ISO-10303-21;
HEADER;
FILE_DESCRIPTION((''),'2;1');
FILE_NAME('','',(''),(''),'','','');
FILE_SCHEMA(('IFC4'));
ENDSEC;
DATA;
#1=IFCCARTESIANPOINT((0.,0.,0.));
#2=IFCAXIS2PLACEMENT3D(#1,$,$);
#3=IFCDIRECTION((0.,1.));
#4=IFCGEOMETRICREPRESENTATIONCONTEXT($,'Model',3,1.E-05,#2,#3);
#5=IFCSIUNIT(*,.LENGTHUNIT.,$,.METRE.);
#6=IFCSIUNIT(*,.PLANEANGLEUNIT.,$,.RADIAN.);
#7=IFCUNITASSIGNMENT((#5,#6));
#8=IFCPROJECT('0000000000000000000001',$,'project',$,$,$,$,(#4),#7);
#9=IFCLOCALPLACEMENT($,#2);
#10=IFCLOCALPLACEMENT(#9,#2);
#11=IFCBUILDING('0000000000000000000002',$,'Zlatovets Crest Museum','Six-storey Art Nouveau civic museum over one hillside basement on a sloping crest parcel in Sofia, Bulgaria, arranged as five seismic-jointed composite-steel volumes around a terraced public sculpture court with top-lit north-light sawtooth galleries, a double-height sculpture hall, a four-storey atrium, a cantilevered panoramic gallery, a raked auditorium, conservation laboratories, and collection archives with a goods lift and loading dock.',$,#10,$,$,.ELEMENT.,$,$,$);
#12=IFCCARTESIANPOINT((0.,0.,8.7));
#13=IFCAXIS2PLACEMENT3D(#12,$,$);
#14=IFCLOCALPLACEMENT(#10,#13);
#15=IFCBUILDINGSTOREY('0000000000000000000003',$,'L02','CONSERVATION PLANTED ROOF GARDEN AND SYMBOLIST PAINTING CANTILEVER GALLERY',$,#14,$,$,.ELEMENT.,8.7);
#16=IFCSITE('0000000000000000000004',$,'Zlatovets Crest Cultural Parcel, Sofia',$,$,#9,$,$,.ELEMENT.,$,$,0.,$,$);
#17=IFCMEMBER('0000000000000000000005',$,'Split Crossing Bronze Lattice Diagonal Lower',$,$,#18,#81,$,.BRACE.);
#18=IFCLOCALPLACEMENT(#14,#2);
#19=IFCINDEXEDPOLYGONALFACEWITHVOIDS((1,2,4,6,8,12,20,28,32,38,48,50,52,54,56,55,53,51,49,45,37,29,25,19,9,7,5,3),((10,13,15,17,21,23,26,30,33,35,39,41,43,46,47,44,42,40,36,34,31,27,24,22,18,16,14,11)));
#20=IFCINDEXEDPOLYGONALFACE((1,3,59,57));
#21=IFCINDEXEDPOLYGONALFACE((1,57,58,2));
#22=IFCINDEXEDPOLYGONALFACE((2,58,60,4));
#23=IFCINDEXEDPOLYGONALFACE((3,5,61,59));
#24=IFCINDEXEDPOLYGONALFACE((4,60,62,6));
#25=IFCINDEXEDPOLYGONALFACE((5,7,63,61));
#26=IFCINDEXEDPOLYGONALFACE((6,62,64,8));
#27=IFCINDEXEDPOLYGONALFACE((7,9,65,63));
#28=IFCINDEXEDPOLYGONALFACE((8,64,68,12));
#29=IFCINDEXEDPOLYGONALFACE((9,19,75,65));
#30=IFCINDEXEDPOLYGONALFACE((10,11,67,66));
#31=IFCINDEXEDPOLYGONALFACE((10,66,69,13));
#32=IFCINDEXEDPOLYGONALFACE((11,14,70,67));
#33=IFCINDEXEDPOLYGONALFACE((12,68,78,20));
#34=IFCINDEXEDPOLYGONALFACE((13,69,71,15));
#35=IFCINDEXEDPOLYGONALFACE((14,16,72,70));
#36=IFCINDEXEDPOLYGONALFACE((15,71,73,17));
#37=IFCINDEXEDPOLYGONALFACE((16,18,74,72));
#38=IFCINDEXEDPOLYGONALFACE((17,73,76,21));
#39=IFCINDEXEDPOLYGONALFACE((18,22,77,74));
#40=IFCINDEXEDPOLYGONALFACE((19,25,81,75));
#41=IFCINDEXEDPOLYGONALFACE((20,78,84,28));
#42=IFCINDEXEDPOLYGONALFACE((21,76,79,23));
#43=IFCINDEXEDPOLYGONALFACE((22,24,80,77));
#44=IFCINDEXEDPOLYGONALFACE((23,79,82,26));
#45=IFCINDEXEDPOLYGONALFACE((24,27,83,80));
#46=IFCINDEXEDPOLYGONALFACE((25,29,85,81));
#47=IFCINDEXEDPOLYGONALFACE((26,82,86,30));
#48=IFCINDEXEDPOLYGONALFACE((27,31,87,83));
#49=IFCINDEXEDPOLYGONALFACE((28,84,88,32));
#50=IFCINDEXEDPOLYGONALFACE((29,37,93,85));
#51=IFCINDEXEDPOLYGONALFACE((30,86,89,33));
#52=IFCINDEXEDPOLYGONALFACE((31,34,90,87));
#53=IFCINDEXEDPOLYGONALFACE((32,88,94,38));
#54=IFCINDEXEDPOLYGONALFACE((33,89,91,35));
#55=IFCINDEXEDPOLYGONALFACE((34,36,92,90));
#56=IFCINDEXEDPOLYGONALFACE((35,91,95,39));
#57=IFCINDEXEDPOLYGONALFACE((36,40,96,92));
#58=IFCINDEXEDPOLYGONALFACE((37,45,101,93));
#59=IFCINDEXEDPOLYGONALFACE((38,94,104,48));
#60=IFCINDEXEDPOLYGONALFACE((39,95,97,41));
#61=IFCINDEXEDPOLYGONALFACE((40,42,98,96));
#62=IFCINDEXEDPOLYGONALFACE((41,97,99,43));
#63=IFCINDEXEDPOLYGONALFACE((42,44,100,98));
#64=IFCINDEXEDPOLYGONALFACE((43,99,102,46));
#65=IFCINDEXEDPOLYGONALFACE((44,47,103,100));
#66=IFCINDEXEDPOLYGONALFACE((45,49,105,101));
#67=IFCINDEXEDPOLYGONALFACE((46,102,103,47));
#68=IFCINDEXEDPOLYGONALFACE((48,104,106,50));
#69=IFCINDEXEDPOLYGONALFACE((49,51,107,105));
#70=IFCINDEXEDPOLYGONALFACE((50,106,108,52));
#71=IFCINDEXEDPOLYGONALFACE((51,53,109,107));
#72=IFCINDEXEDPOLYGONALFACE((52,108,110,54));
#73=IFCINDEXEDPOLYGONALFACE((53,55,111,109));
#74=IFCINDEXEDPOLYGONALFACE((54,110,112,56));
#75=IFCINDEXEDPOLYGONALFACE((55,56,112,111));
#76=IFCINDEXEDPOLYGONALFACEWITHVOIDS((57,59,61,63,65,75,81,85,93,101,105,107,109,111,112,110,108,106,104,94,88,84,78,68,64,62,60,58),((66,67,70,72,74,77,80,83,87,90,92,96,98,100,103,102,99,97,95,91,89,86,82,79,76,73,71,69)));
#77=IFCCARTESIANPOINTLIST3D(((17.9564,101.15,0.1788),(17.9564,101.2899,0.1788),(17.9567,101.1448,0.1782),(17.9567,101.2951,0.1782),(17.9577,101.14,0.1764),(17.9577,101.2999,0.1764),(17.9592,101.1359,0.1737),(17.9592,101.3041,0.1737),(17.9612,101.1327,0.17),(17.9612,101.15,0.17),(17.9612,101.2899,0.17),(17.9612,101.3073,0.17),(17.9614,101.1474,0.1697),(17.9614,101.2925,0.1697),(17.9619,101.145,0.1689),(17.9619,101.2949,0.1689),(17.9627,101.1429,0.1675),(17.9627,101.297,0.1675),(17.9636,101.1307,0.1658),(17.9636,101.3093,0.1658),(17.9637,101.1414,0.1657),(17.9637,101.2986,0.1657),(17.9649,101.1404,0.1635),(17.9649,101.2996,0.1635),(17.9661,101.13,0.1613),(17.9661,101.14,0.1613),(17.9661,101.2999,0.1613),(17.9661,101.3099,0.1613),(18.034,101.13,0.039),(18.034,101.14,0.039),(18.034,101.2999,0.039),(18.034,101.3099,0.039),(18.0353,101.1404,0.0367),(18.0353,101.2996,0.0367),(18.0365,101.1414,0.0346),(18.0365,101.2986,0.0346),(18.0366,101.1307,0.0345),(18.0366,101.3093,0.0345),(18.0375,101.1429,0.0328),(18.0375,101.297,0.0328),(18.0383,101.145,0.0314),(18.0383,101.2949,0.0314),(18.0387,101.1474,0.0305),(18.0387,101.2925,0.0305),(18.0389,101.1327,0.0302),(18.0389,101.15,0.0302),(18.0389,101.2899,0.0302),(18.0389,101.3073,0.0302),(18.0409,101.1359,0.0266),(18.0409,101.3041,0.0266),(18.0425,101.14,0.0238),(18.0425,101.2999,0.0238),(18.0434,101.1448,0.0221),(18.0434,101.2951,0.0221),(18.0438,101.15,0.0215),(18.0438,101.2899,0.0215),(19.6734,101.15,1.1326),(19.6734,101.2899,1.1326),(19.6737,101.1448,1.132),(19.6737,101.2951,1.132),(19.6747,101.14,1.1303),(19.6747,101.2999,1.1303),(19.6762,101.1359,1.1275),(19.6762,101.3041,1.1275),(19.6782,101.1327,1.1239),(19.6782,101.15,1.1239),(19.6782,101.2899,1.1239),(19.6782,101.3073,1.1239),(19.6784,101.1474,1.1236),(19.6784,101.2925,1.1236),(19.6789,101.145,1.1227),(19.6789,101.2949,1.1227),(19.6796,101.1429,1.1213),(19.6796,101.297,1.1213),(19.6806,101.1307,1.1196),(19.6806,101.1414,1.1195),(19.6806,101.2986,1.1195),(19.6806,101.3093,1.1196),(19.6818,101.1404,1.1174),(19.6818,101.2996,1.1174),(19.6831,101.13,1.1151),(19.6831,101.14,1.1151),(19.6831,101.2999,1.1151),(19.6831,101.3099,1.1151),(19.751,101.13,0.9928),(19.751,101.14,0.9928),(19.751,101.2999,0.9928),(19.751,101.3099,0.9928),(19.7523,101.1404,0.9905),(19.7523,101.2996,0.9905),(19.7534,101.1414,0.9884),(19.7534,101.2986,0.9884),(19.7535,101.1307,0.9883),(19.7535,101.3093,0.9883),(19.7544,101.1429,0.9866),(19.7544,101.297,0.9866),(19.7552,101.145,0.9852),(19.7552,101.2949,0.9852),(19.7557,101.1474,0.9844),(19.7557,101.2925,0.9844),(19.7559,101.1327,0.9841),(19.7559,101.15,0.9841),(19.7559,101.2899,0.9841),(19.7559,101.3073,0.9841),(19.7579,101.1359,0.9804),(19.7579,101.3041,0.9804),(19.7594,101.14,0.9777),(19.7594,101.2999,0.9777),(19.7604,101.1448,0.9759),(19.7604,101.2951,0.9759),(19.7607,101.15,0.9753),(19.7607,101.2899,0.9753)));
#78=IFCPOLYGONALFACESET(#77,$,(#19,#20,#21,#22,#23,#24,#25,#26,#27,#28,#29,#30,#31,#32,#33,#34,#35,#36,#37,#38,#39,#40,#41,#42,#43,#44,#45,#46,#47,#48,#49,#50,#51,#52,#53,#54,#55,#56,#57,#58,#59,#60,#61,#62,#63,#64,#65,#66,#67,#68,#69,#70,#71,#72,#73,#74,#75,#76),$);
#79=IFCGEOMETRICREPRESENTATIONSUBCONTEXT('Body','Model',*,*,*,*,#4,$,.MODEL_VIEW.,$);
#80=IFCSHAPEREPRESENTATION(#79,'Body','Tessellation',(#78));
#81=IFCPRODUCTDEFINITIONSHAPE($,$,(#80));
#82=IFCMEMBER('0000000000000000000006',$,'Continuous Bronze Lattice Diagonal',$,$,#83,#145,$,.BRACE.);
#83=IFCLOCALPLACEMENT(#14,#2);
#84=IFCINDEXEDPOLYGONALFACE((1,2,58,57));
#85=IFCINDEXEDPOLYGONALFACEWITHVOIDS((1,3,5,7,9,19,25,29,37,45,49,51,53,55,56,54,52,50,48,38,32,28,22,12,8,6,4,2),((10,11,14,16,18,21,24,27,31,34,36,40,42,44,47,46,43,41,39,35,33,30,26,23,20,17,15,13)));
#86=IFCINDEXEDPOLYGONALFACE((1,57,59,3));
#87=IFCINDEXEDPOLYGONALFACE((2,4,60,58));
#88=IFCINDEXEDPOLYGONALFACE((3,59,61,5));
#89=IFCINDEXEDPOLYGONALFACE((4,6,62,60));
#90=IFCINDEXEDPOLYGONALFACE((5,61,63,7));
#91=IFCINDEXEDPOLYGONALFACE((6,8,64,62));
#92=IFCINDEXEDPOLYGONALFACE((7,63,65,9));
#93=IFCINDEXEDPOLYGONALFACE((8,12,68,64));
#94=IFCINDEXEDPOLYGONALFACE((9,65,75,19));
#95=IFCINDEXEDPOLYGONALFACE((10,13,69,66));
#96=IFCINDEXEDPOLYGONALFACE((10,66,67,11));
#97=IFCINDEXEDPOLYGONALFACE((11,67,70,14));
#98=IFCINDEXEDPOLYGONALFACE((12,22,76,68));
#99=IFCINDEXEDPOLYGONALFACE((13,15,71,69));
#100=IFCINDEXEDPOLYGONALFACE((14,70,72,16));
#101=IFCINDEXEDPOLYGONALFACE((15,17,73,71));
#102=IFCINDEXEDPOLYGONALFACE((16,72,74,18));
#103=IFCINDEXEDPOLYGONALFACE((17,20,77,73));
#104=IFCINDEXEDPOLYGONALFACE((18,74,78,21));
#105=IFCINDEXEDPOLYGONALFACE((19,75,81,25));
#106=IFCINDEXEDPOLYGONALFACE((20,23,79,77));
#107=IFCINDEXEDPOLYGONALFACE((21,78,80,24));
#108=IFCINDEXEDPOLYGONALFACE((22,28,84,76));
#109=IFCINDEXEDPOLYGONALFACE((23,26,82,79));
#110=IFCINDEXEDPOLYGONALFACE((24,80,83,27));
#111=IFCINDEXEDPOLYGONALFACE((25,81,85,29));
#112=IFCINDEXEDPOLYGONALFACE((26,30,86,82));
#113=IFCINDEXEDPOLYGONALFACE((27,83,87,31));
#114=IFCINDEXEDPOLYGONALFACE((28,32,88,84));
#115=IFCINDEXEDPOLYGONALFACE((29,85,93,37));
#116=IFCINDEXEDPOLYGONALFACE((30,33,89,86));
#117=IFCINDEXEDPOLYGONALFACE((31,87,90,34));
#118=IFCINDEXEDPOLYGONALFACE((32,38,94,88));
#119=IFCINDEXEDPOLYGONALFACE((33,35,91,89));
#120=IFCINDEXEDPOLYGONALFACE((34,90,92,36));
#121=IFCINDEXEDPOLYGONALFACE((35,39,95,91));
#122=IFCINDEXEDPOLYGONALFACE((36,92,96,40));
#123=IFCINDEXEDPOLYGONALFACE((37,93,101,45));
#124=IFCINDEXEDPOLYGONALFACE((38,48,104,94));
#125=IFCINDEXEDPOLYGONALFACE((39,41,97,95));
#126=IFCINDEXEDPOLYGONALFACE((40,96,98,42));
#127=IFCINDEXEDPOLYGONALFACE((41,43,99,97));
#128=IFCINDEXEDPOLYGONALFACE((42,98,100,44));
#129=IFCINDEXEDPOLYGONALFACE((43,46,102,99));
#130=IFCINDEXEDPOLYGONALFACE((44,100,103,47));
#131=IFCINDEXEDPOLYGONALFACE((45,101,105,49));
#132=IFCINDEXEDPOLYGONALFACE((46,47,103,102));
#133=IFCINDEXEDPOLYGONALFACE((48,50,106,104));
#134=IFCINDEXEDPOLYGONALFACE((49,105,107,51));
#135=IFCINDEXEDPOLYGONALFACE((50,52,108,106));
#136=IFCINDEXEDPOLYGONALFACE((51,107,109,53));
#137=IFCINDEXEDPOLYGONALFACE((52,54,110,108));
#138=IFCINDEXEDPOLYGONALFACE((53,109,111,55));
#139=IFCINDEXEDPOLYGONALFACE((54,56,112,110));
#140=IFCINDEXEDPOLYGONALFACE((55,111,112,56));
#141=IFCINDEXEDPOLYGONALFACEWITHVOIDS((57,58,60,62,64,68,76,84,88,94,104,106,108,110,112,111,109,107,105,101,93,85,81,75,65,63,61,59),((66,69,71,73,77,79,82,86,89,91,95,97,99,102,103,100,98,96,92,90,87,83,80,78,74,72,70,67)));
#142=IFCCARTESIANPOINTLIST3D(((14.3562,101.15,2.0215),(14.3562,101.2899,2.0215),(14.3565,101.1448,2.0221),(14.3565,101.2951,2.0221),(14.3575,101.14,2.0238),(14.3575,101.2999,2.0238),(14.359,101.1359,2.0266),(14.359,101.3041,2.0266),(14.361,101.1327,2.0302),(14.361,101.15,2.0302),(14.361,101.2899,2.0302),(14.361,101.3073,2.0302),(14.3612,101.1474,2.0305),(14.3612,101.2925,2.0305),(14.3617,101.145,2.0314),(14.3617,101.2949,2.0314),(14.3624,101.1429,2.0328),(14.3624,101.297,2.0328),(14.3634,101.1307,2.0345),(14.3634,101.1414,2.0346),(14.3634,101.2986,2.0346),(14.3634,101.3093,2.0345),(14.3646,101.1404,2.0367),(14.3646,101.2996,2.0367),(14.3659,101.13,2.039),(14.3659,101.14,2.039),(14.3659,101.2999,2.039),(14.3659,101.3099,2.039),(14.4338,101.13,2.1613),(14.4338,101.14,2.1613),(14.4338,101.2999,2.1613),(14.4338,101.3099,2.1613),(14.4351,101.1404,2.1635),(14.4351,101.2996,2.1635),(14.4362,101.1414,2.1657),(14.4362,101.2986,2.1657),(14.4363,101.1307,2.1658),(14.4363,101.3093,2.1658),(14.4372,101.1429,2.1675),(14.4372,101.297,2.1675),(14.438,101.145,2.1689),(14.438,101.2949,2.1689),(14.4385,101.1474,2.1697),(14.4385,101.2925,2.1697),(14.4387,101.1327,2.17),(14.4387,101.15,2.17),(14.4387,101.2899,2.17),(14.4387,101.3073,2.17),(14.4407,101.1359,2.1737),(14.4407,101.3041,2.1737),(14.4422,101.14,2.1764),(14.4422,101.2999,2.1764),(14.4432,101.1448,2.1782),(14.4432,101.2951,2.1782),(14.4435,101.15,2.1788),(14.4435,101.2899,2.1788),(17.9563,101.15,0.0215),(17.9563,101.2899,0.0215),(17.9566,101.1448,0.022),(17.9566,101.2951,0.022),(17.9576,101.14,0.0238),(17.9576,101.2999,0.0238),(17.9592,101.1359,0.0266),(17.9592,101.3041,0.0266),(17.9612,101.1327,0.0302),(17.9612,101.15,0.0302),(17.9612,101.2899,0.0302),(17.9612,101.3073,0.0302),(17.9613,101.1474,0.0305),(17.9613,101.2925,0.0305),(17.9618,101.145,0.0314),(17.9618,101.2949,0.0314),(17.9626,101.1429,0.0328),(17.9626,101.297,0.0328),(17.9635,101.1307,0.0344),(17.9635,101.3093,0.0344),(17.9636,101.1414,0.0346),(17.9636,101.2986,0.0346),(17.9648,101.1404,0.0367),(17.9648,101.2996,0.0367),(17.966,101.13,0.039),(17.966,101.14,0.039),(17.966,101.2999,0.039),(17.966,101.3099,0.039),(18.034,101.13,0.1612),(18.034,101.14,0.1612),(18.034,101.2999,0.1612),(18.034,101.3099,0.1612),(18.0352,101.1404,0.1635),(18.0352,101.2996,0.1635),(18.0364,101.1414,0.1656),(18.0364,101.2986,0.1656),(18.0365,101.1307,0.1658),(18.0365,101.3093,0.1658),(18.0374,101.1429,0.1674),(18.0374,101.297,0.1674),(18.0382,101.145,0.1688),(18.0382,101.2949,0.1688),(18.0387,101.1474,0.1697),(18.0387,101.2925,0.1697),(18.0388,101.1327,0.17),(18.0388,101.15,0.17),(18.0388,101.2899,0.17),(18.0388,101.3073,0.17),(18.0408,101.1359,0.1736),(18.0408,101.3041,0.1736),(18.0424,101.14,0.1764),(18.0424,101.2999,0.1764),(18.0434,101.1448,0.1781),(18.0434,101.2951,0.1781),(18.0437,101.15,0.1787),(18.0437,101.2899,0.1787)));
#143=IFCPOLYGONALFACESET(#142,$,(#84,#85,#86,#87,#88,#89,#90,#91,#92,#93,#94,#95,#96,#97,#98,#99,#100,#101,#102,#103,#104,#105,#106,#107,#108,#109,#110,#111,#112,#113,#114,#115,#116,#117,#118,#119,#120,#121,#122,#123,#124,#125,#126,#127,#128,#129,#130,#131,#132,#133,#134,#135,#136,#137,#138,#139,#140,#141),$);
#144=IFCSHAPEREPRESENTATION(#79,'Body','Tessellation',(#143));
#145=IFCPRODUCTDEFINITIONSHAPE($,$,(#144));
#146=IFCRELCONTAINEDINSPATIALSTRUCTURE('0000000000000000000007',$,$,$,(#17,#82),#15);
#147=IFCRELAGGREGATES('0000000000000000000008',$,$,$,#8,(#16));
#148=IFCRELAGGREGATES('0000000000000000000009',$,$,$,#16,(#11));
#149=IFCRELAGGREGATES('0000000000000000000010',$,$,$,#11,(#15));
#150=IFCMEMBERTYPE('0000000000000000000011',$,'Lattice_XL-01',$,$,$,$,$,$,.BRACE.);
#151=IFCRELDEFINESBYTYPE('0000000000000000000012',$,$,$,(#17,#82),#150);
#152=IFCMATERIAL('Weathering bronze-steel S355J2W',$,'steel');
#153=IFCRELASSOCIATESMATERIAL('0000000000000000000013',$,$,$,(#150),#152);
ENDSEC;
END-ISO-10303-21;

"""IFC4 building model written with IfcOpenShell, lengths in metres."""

from ifc_helpers import new_model, si_unit, direction, frame, origin, origin_2d, place, context, subcontext, project, spatial, hollow_rectangle, extrude, material, material_profile, profile_set, type_object, element, save


model = new_model("IFC4")

# Units and contexts
model_context = context("Model", 3, precision=1e-05, world=origin(), true_north=direction((0.0, 1.0)))
body_context = subcontext(model_context, "Body", "Model", "MODEL_VIEW")
ifc_project = project(units=[si_unit("LENGTHUNIT", "METRE"), si_unit("PLANEANGLEUNIT", "RADIAN")], contexts=[model_context])

# Site, building, storey
site_placement = place(None, origin())
site = spatial("IfcSite", under=ifc_project, at=site_placement, Name="Zlatovets Crest Cultural Parcel, Sofia", CompositionType="ELEMENT", RefElevation=0.0)
building_placement = place(site_placement, origin())
building = spatial("IfcBuilding", under=site, at=building_placement, Name="Zlatovets Crest Museum", Description="Six-storey Art Nouveau civic museum over one hillside basement on a sloping crest parcel in Sofia, Bulgaria, arranged as five seismic-jointed composite-steel volumes around a terraced public sculpture court with top-lit north-light sawtooth galleries, a double-height sculpture hall, a four-storey atrium, a cantilevered panoramic gallery, a raked auditorium, conservation laboratories, and collection archives with a goods lift and loading dock.", CompositionType="ELEMENT")
storey_placement = place(building_placement, frame((0.0, 0.0, 8.7)))
storey = spatial("IfcBuildingStorey", under=building, at=storey_placement, Name="L02", Description="CONSERVATION PLANTED ROOF GARDEN AND SYMBOLIST PAINTING CANTILEVER GALLERY", CompositionType="ELEMENT", Elevation=8.7)

# Members
ifc_material_1 = material(Name="Weathering bronze-steel S355J2W", Category="steel")
ifc_material_profile_1 = material_profile(ifc_material_1, hollow_rectangle(XDim=0.1799, YDim=0.1799, WallThickness=0.01, InnerFilletRadius=0.01, OuterFilletRadius=0.02, at=origin_2d()), Name="SHS 180x180x10.0")
ifc_profile_set_1 = profile_set([ifc_material_profile_1], Name="Weathering bronze-steel S355J2W")
member_type_1 = type_object("IfcMemberType", Name="Lattice_XL-01", PredefinedType="BRACE", material=ifc_profile_set_1)
member_1_placement = place(storey_placement, frame((19.717, 101.22, 1.054), z_axis=(-0.874169, 0.0, -0.485622), x_axis=(0.0, -1.0, 0.0)))
element("IfcMember", 1, at=member_1_placement, inside=storey, type_object=member_type_1, Name="Split Crossing Bronze Lattice Diagonal Lower", PredefinedType="BRACE", context=body_context, shape_type="SweptSolid", body=[
    extrude(hollow_rectangle(XDim=0.1799, YDim=0.1799, WallThickness=0.01, InnerFilletRadius=0.01, OuterFilletRadius=0.02, at=origin_2d()), origin(), (0.0, 0.0, 1.0), 1.9641),
])
member_2_placement = place(storey_placement, frame((18.0, 101.22, 0.1001), z_axis=(-0.874163, 0.0, 0.485633), x_axis=(0.0, -1.0, 0.0)))
element("IfcMember", 2, at=member_2_placement, inside=storey, type_object=member_type_1, Name="Continuous Bronze Lattice Diagonal", PredefinedType="BRACE", context=body_context, shape_type="SweptSolid", body=[
    extrude(hollow_rectangle(XDim=0.1799, YDim=0.1799, WallThickness=0.01, InnerFilletRadius=0.01, OuterFilletRadius=0.02, at=origin_2d()), origin(), (0.0, 0.0, 1.0), 4.1184),
])

save(model, "model.ifc")
